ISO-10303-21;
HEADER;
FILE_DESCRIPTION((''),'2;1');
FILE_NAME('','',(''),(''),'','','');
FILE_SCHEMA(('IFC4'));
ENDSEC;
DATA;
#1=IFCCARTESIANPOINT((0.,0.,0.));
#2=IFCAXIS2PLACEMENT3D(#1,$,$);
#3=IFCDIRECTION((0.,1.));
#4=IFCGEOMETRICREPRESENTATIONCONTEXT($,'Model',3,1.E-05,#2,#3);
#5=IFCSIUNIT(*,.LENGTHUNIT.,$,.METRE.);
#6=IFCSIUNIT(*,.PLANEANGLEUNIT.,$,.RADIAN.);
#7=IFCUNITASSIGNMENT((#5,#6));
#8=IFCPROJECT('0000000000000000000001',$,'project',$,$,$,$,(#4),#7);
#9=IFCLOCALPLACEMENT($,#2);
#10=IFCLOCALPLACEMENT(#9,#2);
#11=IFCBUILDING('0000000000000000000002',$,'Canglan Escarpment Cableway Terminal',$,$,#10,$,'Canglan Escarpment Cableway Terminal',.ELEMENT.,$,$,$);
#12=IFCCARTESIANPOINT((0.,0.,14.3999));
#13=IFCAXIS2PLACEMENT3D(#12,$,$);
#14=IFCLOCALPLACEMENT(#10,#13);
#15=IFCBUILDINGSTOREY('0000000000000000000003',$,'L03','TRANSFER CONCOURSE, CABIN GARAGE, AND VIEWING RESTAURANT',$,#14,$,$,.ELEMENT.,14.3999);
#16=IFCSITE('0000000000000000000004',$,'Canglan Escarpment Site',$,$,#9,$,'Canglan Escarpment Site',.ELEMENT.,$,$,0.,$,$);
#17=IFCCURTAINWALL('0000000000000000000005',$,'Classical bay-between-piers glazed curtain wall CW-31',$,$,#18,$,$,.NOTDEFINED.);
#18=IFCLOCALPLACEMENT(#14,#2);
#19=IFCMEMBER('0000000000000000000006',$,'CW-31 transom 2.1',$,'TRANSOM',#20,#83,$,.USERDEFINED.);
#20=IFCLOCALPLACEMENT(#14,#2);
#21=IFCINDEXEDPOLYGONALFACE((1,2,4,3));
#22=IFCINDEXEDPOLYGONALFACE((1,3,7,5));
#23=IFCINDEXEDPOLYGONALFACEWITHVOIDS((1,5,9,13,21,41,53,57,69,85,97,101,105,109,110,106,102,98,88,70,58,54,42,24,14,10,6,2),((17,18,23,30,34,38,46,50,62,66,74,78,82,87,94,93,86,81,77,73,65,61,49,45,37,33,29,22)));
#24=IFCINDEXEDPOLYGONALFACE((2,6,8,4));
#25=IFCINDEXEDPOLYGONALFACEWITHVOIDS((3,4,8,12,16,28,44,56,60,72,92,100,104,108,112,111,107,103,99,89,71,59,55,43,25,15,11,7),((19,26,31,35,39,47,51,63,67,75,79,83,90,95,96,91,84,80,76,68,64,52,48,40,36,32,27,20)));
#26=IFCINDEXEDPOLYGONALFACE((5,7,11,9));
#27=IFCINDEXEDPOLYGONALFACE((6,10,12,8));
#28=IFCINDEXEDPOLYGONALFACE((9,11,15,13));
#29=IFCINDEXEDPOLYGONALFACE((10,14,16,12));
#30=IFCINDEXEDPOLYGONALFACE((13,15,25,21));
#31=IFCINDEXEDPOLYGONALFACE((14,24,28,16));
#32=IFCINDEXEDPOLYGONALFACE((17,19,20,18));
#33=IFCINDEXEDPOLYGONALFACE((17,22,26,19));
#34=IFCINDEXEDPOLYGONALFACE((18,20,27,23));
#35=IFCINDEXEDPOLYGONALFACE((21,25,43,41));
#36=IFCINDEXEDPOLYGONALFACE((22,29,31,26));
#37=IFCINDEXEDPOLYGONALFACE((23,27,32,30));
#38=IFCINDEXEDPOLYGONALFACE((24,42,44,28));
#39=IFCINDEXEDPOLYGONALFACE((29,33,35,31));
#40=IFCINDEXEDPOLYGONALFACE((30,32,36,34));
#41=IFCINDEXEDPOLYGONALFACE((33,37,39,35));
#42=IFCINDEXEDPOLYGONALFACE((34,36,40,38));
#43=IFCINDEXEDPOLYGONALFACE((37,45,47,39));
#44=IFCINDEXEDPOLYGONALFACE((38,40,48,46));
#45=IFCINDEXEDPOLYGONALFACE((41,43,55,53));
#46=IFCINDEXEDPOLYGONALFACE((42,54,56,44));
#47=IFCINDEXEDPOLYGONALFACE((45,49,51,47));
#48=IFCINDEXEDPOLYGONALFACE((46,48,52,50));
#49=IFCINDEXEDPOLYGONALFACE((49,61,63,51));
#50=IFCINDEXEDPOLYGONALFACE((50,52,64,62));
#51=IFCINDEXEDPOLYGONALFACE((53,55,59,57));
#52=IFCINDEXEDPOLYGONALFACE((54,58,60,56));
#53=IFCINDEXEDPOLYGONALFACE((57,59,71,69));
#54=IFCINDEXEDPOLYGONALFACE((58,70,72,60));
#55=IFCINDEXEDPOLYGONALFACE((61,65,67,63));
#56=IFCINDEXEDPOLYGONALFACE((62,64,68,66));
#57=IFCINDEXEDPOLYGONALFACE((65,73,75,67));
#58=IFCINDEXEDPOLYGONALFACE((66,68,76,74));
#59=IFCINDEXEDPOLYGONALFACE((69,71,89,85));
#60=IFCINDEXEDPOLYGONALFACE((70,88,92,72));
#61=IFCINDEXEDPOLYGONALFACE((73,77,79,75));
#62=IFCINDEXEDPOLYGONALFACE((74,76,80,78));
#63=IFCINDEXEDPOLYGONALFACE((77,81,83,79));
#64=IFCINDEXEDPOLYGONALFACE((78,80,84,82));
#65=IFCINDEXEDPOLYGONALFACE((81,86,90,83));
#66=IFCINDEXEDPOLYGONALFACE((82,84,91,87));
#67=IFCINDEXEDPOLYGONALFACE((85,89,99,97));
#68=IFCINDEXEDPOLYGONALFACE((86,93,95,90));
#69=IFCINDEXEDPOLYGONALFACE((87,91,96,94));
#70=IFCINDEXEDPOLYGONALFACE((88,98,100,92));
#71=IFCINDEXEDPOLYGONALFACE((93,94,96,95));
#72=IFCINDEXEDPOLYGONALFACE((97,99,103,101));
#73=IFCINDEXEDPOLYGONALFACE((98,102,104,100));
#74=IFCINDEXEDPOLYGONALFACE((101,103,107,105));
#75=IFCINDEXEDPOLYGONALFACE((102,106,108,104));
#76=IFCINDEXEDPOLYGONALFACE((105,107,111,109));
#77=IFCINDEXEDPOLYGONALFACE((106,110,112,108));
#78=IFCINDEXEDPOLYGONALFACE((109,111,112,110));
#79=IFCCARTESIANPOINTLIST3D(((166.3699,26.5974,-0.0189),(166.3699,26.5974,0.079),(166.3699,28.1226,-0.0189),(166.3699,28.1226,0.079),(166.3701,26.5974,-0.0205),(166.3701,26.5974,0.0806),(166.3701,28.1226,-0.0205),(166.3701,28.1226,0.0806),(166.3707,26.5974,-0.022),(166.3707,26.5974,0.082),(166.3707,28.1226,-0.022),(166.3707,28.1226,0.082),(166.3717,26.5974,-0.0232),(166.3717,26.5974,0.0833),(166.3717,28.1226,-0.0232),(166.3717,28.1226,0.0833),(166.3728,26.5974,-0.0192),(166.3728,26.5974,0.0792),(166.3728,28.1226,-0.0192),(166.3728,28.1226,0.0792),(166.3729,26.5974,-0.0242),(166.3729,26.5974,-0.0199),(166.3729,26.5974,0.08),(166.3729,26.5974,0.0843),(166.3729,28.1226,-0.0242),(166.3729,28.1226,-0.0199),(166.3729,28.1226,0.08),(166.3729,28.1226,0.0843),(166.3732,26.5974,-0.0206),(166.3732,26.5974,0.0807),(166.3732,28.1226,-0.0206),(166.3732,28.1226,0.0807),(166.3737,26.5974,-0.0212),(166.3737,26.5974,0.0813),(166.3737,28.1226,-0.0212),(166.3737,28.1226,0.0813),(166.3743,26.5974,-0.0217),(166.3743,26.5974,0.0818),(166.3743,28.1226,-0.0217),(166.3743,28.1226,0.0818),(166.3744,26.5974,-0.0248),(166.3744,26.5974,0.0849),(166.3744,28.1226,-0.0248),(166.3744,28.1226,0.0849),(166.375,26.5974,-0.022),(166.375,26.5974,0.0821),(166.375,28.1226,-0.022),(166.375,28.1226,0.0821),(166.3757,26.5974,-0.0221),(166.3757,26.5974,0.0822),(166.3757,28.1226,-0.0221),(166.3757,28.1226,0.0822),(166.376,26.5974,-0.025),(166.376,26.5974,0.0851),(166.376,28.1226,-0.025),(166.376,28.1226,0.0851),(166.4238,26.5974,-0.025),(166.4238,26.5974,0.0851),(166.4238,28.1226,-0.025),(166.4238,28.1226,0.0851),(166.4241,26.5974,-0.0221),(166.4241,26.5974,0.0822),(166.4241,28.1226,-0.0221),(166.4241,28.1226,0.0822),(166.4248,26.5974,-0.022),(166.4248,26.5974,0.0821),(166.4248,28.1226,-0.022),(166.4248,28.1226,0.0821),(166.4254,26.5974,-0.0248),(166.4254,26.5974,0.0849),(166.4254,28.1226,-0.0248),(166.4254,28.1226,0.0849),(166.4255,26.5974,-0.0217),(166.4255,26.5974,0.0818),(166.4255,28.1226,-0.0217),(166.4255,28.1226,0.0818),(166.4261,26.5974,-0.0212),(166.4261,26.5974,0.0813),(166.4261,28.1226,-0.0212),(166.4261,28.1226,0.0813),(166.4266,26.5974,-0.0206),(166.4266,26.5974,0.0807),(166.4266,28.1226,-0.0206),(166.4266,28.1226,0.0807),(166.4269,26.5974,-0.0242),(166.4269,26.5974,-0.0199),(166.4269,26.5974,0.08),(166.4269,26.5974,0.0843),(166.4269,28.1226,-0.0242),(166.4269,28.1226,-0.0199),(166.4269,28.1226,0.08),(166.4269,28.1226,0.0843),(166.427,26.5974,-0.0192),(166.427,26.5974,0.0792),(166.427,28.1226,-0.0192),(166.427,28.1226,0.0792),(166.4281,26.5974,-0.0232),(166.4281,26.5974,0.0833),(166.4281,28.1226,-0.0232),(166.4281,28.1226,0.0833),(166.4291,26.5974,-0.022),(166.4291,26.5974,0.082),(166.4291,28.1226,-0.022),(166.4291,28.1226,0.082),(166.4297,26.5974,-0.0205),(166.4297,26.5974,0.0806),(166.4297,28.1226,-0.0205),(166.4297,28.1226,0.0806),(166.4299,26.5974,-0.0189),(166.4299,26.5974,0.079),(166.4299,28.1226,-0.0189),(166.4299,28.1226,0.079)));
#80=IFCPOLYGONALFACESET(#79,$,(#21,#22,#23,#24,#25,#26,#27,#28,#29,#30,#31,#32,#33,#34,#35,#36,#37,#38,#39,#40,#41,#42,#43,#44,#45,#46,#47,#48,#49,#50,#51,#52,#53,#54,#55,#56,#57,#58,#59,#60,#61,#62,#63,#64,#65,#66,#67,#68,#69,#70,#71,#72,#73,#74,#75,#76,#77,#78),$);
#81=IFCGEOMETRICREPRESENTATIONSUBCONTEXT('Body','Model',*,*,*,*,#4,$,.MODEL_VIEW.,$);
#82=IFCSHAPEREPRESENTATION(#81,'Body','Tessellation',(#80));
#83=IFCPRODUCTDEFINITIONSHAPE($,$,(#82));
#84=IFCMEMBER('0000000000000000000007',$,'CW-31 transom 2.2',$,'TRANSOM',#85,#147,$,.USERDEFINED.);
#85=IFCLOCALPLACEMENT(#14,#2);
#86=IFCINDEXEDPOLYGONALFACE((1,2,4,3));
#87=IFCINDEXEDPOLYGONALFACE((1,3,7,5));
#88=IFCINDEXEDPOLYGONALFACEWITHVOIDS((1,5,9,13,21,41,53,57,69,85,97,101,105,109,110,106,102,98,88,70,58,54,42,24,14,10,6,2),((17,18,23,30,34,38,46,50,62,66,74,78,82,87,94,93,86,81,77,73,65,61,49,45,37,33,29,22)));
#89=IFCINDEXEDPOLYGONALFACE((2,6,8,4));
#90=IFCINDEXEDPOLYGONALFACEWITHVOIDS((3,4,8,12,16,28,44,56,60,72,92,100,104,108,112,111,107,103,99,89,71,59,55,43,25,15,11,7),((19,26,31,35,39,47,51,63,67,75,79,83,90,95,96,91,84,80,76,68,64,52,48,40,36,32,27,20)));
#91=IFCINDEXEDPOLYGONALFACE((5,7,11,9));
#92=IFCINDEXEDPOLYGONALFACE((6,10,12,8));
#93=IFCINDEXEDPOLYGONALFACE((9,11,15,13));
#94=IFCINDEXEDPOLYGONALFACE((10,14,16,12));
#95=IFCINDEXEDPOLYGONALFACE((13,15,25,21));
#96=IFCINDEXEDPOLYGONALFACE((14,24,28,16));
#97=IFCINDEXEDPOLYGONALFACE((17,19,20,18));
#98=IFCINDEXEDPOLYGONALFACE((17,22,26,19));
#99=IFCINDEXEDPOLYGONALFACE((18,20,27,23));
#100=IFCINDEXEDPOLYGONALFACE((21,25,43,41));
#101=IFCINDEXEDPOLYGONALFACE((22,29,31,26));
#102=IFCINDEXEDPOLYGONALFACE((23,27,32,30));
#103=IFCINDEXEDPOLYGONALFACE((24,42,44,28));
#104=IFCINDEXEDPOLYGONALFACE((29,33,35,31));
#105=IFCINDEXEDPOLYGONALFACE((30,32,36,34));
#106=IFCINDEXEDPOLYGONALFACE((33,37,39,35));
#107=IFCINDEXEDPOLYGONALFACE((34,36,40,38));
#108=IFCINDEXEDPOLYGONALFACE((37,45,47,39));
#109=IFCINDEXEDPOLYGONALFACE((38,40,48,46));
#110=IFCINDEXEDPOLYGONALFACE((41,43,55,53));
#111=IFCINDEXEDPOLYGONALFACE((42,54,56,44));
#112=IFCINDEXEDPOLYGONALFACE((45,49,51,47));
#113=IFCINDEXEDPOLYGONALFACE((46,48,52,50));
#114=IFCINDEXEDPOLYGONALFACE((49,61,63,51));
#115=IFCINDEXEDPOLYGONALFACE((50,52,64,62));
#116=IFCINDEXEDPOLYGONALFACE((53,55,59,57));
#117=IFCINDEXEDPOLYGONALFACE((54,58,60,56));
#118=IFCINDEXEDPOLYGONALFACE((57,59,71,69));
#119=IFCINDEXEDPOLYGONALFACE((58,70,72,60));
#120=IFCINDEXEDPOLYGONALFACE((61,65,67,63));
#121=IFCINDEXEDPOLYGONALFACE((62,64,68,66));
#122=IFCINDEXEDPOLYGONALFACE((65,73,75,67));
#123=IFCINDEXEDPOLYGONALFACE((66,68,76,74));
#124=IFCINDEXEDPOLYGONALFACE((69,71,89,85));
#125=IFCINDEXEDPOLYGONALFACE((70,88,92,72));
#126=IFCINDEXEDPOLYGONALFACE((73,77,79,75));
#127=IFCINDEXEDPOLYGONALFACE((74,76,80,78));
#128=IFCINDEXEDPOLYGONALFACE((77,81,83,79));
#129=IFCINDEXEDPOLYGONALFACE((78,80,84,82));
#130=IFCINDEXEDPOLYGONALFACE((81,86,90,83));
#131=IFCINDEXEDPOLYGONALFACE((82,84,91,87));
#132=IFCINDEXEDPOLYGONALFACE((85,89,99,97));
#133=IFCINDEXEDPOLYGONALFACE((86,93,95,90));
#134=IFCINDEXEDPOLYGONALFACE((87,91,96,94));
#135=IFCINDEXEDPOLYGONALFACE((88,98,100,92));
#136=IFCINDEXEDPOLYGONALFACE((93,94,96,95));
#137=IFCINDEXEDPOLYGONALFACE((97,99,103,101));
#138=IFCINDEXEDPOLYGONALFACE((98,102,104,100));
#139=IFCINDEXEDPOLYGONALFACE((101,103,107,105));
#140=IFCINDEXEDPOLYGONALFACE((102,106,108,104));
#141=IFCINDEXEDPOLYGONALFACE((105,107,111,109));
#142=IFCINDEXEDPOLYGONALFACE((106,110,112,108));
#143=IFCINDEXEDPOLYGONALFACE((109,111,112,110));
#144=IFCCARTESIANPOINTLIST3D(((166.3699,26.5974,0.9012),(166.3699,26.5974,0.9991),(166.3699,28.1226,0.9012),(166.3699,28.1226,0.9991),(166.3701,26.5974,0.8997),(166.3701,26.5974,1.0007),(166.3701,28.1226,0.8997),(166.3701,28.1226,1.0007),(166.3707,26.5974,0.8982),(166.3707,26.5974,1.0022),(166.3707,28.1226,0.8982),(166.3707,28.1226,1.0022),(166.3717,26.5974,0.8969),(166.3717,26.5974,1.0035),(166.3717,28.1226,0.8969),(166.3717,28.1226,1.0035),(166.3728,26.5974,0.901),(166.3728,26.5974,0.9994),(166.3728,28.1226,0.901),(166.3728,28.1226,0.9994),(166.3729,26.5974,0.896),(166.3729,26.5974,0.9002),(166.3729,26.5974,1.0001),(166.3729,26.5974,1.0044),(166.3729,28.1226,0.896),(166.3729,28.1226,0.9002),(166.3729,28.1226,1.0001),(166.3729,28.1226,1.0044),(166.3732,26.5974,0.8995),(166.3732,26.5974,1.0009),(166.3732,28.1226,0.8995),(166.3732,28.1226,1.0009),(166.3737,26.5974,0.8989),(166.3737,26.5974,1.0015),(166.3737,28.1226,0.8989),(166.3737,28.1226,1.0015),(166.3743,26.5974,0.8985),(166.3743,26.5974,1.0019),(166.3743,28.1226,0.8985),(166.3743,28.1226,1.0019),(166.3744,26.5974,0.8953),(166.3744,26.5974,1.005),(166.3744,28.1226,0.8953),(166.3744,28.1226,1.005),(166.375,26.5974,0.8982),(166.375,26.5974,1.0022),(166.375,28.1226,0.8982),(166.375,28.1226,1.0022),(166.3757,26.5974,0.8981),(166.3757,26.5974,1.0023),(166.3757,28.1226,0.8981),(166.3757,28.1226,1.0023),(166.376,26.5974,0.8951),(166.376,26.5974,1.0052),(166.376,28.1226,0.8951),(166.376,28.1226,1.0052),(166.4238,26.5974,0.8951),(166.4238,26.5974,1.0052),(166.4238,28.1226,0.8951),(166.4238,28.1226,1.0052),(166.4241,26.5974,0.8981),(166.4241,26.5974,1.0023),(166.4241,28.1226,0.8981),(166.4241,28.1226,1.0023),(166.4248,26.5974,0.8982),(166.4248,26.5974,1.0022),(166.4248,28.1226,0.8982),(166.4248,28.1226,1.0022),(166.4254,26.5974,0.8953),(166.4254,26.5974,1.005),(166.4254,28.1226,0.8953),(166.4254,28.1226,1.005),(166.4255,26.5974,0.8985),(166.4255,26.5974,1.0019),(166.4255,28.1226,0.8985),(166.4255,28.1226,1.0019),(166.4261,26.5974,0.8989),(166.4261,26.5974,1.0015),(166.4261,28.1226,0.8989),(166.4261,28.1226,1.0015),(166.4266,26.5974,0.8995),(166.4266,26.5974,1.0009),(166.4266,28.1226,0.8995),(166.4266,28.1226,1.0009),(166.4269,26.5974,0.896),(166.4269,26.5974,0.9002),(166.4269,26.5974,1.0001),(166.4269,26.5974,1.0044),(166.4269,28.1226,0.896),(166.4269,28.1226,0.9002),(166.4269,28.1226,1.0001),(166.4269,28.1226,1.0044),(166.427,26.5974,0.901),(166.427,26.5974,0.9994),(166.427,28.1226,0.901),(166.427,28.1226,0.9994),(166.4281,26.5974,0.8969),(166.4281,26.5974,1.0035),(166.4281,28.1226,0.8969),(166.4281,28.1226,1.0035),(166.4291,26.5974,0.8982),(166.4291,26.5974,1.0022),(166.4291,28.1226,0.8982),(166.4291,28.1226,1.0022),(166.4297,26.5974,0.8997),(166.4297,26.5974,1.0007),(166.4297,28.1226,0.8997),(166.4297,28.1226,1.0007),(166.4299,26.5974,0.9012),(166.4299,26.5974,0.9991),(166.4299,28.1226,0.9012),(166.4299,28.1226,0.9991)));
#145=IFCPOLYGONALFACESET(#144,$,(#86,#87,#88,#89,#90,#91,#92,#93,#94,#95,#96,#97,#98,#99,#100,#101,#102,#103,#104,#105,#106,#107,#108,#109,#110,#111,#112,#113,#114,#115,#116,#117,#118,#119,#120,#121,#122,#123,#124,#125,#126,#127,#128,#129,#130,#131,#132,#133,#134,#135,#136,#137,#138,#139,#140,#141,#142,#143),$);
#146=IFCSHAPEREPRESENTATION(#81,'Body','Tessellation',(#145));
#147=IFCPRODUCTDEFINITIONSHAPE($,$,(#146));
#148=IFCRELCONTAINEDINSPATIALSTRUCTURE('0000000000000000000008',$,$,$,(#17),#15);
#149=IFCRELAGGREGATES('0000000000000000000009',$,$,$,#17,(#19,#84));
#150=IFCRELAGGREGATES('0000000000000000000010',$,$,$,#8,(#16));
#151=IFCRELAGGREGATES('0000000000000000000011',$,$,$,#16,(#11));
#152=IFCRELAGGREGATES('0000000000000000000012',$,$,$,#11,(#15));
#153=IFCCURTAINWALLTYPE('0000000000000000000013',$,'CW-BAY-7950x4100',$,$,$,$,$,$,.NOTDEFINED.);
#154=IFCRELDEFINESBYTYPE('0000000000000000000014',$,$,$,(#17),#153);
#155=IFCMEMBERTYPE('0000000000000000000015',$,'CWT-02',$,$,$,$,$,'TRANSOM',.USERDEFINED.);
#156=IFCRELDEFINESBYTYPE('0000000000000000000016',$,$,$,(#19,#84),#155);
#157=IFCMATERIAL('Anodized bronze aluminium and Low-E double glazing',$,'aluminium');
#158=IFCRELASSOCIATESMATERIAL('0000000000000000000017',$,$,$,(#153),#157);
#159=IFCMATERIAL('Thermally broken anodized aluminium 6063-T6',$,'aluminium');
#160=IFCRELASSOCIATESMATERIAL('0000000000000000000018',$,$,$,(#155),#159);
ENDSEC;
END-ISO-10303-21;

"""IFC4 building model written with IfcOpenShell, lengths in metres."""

from ifc_helpers import new_model, si_unit, direction, frame, origin, origin_2d, place, context, subcontext, project, spatial, hollow_rectangle, extrude, material, material_profile, profile_set, type_object, element, aggregate, save


model = new_model("IFC4")

# Units and contexts
model_context = context("Model", 3, precision=1e-05, world=origin(), true_north=direction((0.0, 1.0)))
body_context = subcontext(model_context, "Body", "Model", "MODEL_VIEW")
ifc_project = project(units=[si_unit("LENGTHUNIT", "METRE"), si_unit("PLANEANGLEUNIT", "RADIAN")], contexts=[model_context])

# Site, building, storey
site_placement = place(None, origin())
site = spatial("IfcSite", under=ifc_project, at=site_placement, Name="Canglan Escarpment Site", LongName="Canglan Escarpment Site", CompositionType="ELEMENT", RefElevation=0.0)
building_placement = place(site_placement, origin())
building = spatial("IfcBuilding", under=site, at=building_placement, Name="Canglan Escarpment Cableway Terminal", LongName="Canglan Escarpment Cableway Terminal", CompositionType="ELEMENT")
storey_placement = place(building_placement, frame((0.0, 0.0, 14.3999)))
storey = spatial("IfcBuildingStorey", under=building, at=storey_placement, Name="L03", Description="TRANSFER CONCOURSE, CABIN GARAGE, AND VIEWING RESTAURANT", CompositionType="ELEMENT", Elevation=14.3999)

# Curtain wall, members
ifc_material_1 = material(Name="Anodized bronze aluminium and Low-E double glazing", Category="aluminium")
curtain_wall_type = type_object("IfcCurtainWallType", Name="CW-BAY-7950x4100", PredefinedType="NOTDEFINED", material=ifc_material_1)
curtain_wall_placement = place(storey_placement, origin())
curtain_wall = element("IfcCurtainWall", 1, at=curtain_wall_placement, inside=storey, type_object=curtain_wall_type, Name="Classical bay-between-piers glazed curtain wall CW-31", PredefinedType="NOTDEFINED")
ifc_material_2 = material(Name="Thermally broken anodized aluminium 6063-T6", Category="aluminium")
ifc_material_profile_1 = material_profile(ifc_material_2, hollow_rectangle(XDim=0.0601, YDim=0.1101, WallThickness=0.0029, InnerFilletRadius=0.0029, OuterFilletRadius=0.0061, at=origin_2d()), Name="ALU-TRAN 60x110x3")
ifc_profile_set_1 = profile_set([ifc_material_profile_1], Name="Thermally broken anodized aluminium 6063-T6")
member_type_1 = type_object("IfcMemberType", Name="CWT-02", ElementType="TRANSOM", PredefinedType="USERDEFINED", material=ifc_profile_set_1)
member_1_placement = place(storey_placement, frame((166.3999, 26.5974, 0.03), z_axis=(0.0, 1.0, 0.0), x_axis=(-1.0, 0.0, 0.0)))
member_1 = element("IfcMember", 2, at=member_1_placement, type_object=member_type_1, Name="CW-31 transom 2.1", ObjectType="TRANSOM", PredefinedType="USERDEFINED", context=body_context, shape_type="SweptSolid", body=[
    extrude(hollow_rectangle(XDim=0.0601, YDim=0.1101, WallThickness=0.0029, InnerFilletRadius=0.0029, OuterFilletRadius=0.0061, at=origin_2d()), origin(), (0.0, 0.0, 1.0), 1.5251),
])
member_2_placement = place(storey_placement, frame((166.3999, 26.5974, 0.9502), z_axis=(0.0, 1.0, 0.0), x_axis=(-1.0, 0.0, 0.0)))
member_2 = element("IfcMember", 3, at=member_2_placement, type_object=member_type_1, Name="CW-31 transom 2.2", ObjectType="TRANSOM", PredefinedType="USERDEFINED", context=body_context, shape_type="SweptSolid", body=[
    extrude(hollow_rectangle(XDim=0.0601, YDim=0.1101, WallThickness=0.0029, InnerFilletRadius=0.0029, OuterFilletRadius=0.0061, at=origin_2d()), origin(), (0.0, 0.0, 1.0), 1.5251),
])

aggregate(curtain_wall, [member_1, member_2])

save(model, "model.ifc")
